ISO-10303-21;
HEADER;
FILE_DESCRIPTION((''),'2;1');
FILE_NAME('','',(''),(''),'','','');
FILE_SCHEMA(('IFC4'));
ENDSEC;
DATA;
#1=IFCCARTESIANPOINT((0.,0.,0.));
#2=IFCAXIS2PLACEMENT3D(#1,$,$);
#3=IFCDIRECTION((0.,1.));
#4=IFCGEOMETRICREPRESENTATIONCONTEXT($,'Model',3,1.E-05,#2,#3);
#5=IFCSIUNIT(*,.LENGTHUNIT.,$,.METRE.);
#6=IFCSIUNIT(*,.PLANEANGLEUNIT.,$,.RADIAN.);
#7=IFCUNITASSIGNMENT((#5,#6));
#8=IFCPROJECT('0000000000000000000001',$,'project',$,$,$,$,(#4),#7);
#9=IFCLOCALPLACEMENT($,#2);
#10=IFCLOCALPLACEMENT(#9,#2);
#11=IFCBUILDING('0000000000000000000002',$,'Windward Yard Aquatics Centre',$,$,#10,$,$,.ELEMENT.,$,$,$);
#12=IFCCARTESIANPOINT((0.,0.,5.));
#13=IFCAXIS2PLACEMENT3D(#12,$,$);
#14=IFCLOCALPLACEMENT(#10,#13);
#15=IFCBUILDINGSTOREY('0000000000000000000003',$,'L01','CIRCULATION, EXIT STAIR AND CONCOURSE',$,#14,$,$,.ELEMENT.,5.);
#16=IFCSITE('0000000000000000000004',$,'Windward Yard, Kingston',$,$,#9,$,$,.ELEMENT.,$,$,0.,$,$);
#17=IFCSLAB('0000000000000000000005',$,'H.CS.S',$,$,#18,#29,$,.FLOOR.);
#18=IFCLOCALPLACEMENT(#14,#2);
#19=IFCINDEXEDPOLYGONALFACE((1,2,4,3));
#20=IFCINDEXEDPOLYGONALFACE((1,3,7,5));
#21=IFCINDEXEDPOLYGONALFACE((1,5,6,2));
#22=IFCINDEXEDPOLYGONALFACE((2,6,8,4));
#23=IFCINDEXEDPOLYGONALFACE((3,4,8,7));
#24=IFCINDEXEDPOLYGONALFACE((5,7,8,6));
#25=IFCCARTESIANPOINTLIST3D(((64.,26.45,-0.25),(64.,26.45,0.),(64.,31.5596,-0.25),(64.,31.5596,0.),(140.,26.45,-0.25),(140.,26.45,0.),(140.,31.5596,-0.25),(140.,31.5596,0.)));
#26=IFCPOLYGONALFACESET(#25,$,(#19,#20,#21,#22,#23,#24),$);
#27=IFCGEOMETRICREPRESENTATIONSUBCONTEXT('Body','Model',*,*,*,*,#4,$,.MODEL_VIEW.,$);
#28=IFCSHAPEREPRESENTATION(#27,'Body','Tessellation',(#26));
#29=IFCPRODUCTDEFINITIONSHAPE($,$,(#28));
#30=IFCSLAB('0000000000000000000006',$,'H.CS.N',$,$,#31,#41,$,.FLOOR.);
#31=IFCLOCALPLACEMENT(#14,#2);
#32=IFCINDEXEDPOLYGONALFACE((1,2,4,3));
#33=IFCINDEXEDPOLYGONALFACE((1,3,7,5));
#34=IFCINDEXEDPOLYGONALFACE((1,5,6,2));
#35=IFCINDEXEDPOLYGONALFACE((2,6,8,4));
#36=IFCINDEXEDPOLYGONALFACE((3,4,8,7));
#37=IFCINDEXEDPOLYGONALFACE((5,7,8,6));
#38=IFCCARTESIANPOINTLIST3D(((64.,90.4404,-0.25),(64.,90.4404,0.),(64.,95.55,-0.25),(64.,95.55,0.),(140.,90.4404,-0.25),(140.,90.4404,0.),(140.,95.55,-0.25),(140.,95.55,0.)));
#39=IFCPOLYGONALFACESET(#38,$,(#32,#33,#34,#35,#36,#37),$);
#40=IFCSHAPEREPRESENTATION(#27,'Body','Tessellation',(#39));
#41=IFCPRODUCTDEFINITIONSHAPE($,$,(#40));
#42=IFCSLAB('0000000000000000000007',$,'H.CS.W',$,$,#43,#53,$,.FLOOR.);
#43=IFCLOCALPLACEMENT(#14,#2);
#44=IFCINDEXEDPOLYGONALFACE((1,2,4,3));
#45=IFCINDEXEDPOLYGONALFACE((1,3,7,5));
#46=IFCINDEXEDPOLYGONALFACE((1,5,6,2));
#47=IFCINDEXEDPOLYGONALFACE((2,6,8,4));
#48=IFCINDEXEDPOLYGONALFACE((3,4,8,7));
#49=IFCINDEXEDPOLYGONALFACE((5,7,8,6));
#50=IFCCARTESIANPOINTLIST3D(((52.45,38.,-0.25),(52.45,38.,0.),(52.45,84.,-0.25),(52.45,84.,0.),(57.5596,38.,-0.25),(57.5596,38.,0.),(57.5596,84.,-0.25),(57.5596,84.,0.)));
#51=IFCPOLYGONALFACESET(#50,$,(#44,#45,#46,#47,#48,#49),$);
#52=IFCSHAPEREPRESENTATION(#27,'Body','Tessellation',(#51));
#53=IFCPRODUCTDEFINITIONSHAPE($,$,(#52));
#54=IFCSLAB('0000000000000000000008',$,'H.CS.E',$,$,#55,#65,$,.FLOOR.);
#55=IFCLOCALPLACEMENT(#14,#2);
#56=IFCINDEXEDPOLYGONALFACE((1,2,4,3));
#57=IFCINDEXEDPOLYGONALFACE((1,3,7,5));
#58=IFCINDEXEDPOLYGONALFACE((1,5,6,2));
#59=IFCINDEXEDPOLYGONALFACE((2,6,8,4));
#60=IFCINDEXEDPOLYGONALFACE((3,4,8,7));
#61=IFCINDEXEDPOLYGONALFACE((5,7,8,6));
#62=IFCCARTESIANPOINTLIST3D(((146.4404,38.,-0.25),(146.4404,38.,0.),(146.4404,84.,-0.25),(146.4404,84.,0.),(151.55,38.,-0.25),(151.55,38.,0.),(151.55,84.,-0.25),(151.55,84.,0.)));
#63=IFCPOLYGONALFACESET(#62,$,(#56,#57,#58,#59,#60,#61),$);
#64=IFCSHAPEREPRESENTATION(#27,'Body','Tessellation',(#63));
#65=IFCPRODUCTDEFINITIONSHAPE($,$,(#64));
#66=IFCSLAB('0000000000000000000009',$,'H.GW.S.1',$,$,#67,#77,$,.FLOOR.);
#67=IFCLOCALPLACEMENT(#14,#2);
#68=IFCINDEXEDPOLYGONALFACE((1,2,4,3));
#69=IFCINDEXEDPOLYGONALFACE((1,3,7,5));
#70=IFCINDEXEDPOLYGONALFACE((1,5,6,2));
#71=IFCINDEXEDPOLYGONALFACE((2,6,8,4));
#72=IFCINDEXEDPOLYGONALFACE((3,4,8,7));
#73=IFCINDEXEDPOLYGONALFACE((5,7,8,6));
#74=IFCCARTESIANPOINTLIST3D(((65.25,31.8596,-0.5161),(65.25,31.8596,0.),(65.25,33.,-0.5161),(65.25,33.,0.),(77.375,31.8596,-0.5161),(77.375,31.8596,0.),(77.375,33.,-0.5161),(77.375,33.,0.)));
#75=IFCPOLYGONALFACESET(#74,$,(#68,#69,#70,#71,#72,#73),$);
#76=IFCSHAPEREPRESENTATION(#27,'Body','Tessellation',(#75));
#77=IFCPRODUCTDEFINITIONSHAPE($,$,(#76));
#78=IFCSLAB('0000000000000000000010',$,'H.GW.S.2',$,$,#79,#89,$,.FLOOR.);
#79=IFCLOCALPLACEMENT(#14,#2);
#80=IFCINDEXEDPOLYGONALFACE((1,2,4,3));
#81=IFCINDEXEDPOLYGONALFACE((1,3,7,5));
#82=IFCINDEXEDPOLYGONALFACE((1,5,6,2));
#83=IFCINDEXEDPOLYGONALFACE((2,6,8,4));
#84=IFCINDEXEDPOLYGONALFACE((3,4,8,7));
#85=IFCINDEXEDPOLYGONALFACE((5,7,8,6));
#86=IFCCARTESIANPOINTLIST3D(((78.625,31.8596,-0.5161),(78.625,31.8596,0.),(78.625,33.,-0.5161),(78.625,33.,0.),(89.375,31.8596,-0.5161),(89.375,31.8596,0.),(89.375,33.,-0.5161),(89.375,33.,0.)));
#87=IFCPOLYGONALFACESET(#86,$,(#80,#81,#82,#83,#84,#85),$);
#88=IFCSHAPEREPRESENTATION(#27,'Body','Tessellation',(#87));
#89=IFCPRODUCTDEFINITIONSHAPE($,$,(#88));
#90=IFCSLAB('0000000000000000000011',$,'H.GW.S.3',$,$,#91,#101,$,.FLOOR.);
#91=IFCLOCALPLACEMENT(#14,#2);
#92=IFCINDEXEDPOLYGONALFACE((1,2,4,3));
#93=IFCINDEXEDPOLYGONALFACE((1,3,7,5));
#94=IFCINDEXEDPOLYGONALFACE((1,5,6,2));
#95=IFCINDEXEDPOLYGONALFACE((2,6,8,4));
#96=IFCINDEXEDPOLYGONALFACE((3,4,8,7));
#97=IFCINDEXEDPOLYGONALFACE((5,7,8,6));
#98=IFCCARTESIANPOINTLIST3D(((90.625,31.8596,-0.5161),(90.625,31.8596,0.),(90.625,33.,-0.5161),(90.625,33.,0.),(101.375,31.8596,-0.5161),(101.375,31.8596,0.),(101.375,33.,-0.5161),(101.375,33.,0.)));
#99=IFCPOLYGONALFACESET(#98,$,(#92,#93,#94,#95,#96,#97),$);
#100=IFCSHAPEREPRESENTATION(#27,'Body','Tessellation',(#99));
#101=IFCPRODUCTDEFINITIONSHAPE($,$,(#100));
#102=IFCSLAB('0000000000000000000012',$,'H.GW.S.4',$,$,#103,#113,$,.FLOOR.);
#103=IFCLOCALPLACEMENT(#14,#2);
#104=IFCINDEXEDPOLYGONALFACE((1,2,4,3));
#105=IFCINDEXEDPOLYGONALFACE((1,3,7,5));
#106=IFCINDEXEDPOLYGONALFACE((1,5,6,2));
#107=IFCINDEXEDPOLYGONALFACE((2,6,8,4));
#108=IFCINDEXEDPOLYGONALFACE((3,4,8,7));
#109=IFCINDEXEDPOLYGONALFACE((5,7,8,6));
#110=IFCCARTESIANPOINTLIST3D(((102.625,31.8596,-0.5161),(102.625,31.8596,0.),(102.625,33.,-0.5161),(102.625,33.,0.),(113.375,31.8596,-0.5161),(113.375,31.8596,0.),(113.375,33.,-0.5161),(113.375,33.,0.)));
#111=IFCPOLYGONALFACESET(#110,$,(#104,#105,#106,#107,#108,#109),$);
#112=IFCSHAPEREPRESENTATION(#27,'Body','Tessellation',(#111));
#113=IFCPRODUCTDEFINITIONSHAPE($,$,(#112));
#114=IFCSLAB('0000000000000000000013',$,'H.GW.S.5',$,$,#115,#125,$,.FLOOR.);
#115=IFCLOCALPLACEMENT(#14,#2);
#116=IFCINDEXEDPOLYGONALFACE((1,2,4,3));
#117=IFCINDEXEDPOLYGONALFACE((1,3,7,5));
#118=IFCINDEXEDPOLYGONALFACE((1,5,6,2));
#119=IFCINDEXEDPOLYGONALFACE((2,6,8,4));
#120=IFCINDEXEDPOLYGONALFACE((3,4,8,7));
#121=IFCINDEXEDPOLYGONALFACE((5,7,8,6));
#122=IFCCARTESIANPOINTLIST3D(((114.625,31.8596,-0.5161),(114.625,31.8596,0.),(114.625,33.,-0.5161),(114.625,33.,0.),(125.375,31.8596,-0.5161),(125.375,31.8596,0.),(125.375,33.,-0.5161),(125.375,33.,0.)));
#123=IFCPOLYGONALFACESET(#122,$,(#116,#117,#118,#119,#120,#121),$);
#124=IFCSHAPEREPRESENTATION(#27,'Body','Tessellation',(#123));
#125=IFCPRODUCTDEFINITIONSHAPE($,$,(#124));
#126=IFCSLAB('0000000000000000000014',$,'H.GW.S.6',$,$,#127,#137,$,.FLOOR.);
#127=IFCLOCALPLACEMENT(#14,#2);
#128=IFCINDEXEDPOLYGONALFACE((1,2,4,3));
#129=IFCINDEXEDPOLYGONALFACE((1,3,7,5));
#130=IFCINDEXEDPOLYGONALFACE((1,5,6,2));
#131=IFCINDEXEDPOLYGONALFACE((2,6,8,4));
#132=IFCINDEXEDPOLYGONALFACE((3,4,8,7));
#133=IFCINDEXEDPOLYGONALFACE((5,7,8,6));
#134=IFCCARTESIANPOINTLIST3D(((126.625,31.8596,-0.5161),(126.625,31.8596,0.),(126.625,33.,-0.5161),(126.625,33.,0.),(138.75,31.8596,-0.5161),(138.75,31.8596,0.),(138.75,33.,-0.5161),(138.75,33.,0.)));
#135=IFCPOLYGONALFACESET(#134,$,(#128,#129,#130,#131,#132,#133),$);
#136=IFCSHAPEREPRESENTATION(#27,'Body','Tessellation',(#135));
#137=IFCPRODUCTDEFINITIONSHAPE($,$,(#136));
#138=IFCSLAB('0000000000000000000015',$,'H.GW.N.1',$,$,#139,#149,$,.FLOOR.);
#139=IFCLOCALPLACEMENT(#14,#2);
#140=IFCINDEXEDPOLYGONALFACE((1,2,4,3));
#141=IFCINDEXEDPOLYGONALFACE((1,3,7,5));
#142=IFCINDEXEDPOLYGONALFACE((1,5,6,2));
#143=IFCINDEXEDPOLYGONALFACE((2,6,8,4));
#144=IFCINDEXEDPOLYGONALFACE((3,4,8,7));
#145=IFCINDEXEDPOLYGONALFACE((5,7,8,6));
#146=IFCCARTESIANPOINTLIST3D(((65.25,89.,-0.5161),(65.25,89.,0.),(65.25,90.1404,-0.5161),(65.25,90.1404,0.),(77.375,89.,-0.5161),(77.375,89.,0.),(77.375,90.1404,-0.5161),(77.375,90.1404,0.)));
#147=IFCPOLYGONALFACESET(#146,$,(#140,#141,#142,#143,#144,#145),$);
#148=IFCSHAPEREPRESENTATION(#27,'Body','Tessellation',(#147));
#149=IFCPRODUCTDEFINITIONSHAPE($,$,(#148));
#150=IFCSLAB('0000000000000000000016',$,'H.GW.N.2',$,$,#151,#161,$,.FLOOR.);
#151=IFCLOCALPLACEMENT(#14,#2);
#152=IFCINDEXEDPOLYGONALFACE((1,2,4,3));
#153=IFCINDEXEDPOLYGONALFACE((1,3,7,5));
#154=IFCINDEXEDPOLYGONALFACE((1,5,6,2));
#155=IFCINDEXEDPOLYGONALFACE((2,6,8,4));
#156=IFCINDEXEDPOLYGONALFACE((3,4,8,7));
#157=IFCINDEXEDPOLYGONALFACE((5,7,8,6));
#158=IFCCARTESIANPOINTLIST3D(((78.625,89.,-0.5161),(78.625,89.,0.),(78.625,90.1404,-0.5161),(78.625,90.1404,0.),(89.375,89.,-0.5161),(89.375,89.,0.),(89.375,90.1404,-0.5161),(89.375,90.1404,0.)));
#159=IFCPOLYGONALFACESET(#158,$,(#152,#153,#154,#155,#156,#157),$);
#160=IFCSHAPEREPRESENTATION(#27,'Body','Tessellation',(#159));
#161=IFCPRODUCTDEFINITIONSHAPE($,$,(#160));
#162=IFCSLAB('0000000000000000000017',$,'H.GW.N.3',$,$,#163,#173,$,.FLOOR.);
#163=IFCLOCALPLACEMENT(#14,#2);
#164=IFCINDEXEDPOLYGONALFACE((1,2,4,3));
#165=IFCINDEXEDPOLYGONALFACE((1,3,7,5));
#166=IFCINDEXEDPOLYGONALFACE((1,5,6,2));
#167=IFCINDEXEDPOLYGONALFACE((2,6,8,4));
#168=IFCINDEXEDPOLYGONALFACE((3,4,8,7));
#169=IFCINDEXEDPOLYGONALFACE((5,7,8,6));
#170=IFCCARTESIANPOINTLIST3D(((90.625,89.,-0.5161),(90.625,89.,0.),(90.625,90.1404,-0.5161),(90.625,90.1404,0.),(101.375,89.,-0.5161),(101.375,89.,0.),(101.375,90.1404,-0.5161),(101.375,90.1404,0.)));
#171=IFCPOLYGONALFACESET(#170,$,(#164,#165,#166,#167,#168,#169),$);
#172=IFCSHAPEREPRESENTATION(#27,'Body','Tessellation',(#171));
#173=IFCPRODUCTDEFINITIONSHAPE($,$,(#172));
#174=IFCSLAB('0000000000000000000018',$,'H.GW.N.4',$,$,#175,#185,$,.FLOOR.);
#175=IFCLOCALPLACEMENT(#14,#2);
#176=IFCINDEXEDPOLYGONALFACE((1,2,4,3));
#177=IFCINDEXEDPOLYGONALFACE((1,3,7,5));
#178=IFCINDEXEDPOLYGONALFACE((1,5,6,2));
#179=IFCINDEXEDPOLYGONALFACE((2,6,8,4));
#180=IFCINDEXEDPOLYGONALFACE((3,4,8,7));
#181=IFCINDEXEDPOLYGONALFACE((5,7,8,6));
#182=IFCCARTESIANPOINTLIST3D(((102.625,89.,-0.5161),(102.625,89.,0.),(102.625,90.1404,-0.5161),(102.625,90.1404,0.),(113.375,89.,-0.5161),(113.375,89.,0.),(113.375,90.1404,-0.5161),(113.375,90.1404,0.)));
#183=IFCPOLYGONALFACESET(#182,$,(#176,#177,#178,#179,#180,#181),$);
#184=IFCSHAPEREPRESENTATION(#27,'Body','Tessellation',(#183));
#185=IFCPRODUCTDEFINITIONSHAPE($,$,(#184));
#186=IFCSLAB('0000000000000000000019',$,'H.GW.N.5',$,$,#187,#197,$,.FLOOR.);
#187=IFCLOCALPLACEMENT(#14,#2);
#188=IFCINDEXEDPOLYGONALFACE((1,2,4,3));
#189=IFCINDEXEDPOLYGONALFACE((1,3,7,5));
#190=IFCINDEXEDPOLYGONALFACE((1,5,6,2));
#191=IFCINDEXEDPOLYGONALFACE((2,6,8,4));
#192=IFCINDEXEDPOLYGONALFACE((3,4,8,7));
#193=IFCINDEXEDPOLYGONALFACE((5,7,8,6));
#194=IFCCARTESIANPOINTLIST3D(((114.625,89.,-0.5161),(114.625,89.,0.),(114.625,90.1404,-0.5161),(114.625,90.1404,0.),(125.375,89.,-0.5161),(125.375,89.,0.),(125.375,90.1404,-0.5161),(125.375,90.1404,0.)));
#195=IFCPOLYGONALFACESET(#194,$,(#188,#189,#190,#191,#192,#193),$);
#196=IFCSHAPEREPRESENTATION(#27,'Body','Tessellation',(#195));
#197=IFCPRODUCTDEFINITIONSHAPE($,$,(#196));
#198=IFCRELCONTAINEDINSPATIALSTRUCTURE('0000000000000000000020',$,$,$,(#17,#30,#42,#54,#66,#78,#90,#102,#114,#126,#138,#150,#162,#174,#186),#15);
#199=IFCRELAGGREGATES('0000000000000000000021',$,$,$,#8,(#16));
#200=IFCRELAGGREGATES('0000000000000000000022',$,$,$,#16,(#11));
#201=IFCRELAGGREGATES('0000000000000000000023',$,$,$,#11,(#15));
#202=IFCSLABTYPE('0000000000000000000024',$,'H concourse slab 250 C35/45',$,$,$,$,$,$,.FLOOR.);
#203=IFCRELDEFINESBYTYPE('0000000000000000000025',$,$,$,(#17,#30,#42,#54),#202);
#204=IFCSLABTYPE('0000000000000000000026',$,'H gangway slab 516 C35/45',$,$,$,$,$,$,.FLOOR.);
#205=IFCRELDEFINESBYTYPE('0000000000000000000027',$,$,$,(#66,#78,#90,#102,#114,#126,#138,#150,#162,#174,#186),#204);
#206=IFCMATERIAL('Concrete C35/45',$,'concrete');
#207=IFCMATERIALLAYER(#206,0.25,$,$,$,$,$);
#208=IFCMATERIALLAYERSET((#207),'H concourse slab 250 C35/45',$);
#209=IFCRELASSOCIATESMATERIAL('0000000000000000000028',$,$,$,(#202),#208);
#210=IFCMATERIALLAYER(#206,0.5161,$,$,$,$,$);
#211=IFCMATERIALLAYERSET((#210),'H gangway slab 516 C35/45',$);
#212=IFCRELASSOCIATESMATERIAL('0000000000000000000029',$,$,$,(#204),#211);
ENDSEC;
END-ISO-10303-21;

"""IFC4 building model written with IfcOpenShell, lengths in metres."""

from ifc_helpers import new_model, si_unit, direction, frame, origin, place, context, subcontext, project, spatial, polyline, outline, extrude, material, layer, layer_set, type_object, element, save


model = new_model("IFC4")

# Units and contexts
model_context = context("Model", 3, precision=1e-05, world=origin(), true_north=direction((0.0, 1.0)))
body_context = subcontext(model_context, "Body", "Model", "MODEL_VIEW")
ifc_project = project(units=[si_unit("LENGTHUNIT", "METRE"), si_unit("PLANEANGLEUNIT", "RADIAN")], contexts=[model_context])

# Site, building, storey
site_placement = place(None, origin())
site = spatial("IfcSite", under=ifc_project, at=site_placement, Name="Windward Yard, Kingston", CompositionType="ELEMENT", RefElevation=0.0)
building_placement = place(site_placement, origin())
building = spatial("IfcBuilding", under=site, at=building_placement, Name="Windward Yard Aquatics Centre", CompositionType="ELEMENT")
storey_placement = place(building_placement, frame((0.0, 0.0, 5.0)))
storey = spatial("IfcBuildingStorey", under=building, at=storey_placement, Name="L01", Description="CIRCULATION, EXIT STAIR AND CONCOURSE", CompositionType="ELEMENT", Elevation=5.0)

# Slabs
ifc_material_1 = material(Name="Concrete C35/45", Category="concrete")
ifc_layer_1 = layer(ifc_material_1, 0.25)
ifc_layer_set_1 = layer_set([ifc_layer_1], Name="H concourse slab 250 C35/45")
slab_type_1 = type_object("IfcSlabType", Name="H concourse slab 250 C35/45", PredefinedType="FLOOR", material=ifc_layer_set_1)
slab_1_placement = place(storey_placement, frame((0.0, 0.0, -0.25)))
element("IfcSlab", 1, at=slab_1_placement, inside=storey, type_object=slab_type_1, Name="H.CS.S", PredefinedType="FLOOR", context=body_context, shape_type="SweptSolid", body=[
    extrude(outline(polyline([(64.0, 26.45), (140.0, 26.45), (140.0, 31.5596), (64.0, 31.5596), (64.0, 26.45)])), origin(), (0.0, 0.0, 1.0), 0.25),
])
slab_2_placement = place(storey_placement, frame((0.0, 0.0, -0.25)))
element("IfcSlab", 2, at=slab_2_placement, inside=storey, type_object=slab_type_1, Name="H.CS.N", PredefinedType="FLOOR", context=body_context, shape_type="SweptSolid", body=[
    extrude(outline(polyline([(64.0, 90.4404), (140.0, 90.4404), (140.0, 95.55), (64.0, 95.55), (64.0, 90.4404)])), origin(), (0.0, 0.0, 1.0), 0.25),
])
slab_3_placement = place(storey_placement, frame((0.0, 0.0, -0.25)))
element("IfcSlab", 3, at=slab_3_placement, inside=storey, type_object=slab_type_1, Name="H.CS.W", PredefinedType="FLOOR", context=body_context, shape_type="SweptSolid", body=[
    extrude(outline(polyline([(52.45, 38.0), (57.5596, 38.0), (57.5596, 84.0), (52.45, 84.0), (52.45, 38.0)])), origin(), (0.0, 0.0, 1.0), 0.25),
])
slab_4_placement = place(storey_placement, frame((0.0, 0.0, -0.25)))
element("IfcSlab", 4, at=slab_4_placement, inside=storey, type_object=slab_type_1, Name="H.CS.E", PredefinedType="FLOOR", context=body_context, shape_type="SweptSolid", body=[
    extrude(outline(polyline([(146.4404, 38.0), (151.55, 38.0), (151.55, 84.0), (146.4404, 84.0), (146.4404, 38.0)])), origin(), (0.0, 0.0, 1.0), 0.25),
])
ifc_layer_2 = layer(ifc_material_1, 0.5161)
ifc_layer_set_2 = layer_set([ifc_layer_2], Name="H gangway slab 516 C35/45")
slab_type_2 = type_object("IfcSlabType", Name="H gangway slab 516 C35/45", PredefinedType="FLOOR", material=ifc_layer_set_2)
slab_5_placement = place(storey_placement, frame((0.0, 0.0, -0.5161)))
element("IfcSlab", 5, at=slab_5_placement, inside=storey, type_object=slab_type_2, Name="H.GW.S.1", PredefinedType="FLOOR", context=body_context, shape_type="SweptSolid", body=[
    extrude(outline(polyline([(65.25, 31.8596), (77.375, 31.8596), (77.375, 33.0), (65.25, 33.0), (65.25, 31.8596)])), origin(), (0.0, 0.0, 1.0), 0.5161),
])
slab_6_placement = place(storey_placement, frame((0.0, 0.0, -0.5161)))
element("IfcSlab", 6, at=slab_6_placement, inside=storey, type_object=slab_type_2, Name="H.GW.S.2", PredefinedType="FLOOR", context=body_context, shape_type="SweptSolid", body=[
    extrude(outline(polyline([(78.625, 31.8596), (89.375, 31.8596), (89.375, 33.0), (78.625, 33.0), (78.625, 31.8596)])), origin(), (0.0, 0.0, 1.0), 0.5161),
])
slab_7_placement = place(storey_placement, frame((0.0, 0.0, -0.5161)))
element("IfcSlab", 7, at=slab_7_placement, inside=storey, type_object=slab_type_2, Name="H.GW.S.3", PredefinedType="FLOOR", context=body_context, shape_type="SweptSolid", body=[
    extrude(outline(polyline([(90.625, 31.8596), (101.375, 31.8596), (101.375, 33.0), (90.625, 33.0), (90.625, 31.8596)])), origin(), (0.0, 0.0, 1.0), 0.5161),
])
slab_8_placement = place(storey_placement, frame((0.0, 0.0, -0.5161)))
element("IfcSlab", 8, at=slab_8_placement, inside=storey, type_object=slab_type_2, Name="H.GW.S.4", PredefinedType="FLOOR", context=body_context, shape_type="SweptSolid", body=[
    extrude(outline(polyline([(102.625, 31.8596), (113.375, 31.8596), (113.375, 33.0), (102.625, 33.0), (102.625, 31.8596)])), origin(), (0.0, 0.0, 1.0), 0.5161),
])
slab_9_placement = place(storey_placement, frame((0.0, 0.0, -0.5161)))
element("IfcSlab", 9, at=slab_9_placement, inside=storey, type_object=slab_type_2, Name="H.GW.S.5", PredefinedType="FLOOR", context=body_context, shape_type="SweptSolid", body=[
    extrude(outline(polyline([(114.625, 31.8596), (125.375, 31.8596), (125.375, 33.0), (114.625, 33.0), (114.625, 31.8596)])), origin(), (0.0, 0.0, 1.0), 0.5161),
])
slab_10_placement = place(storey_placement, frame((0.0, 0.0, -0.5161)))
element("IfcSlab", 10, at=slab_10_placement, inside=storey, type_object=slab_type_2, Name="H.GW.S.6", PredefinedType="FLOOR", context=body_context, shape_type="SweptSolid", body=[
    extrude(outline(polyline([(126.625, 31.8596), (138.75, 31.8596), (138.75, 33.0), (126.625, 33.0), (126.625, 31.8596)])), origin(), (0.0, 0.0, 1.0), 0.5161),
])
slab_11_placement = place(storey_placement, frame((0.0, 0.0, -0.5161)))
element("IfcSlab", 11, at=slab_11_placement, inside=storey, type_object=slab_type_2, Name="H.GW.N.1", PredefinedType="FLOOR", context=body_context, shape_type="SweptSolid", body=[
    extrude(outline(polyline([(65.25, 89.0), (77.375, 89.0), (77.375, 90.1404), (65.25, 90.1404), (65.25, 89.0)])), origin(), (0.0, 0.0, 1.0), 0.5161),
])
slab_12_placement = place(storey_placement, frame((0.0, 0.0, -0.5161)))
element("IfcSlab", 12, at=slab_12_placement, inside=storey, type_object=slab_type_2, Name="H.GW.N.2", PredefinedType="FLOOR", context=body_context, shape_type="SweptSolid", body=[
    extrude(outline(polyline([(78.625, 89.0), (89.375, 89.0), (89.375, 90.1404), (78.625, 90.1404), (78.625, 89.0)])), origin(), (0.0, 0.0, 1.0), 0.5161),
])
slab_13_placement = place(storey_placement, frame((0.0, 0.0, -0.5161)))
element("IfcSlab", 13, at=slab_13_placement, inside=storey, type_object=slab_type_2, Name="H.GW.N.3", PredefinedType="FLOOR", context=body_context, shape_type="SweptSolid", body=[
    extrude(outline(polyline([(90.625, 89.0), (101.375, 89.0), (101.375, 90.1404), (90.625, 90.1404), (90.625, 89.0)])), origin(), (0.0, 0.0, 1.0), 0.5161),
])
slab_14_placement = place(storey_placement, frame((0.0, 0.0, -0.5161)))
element("IfcSlab", 14, at=slab_14_placement, inside=storey, type_object=slab_type_2, Name="H.GW.N.4", PredefinedType="FLOOR", context=body_context, shape_type="SweptSolid", body=[
    extrude(outline(polyline([(102.625, 89.0), (113.375, 89.0), (113.375, 90.1404), (102.625, 90.1404), (102.625, 89.0)])), origin(), (0.0, 0.0, 1.0), 0.5161),
])
slab_15_placement = place(storey_placement, frame((0.0, 0.0, -0.5161)))
element("IfcSlab", 15, at=slab_15_placement, inside=storey, type_object=slab_type_2, Name="H.GW.N.5", PredefinedType="FLOOR", context=body_context, shape_type="SweptSolid", body=[
    extrude(outline(polyline([(114.625, 89.0), (125.375, 89.0), (125.375, 90.1404), (114.625, 90.1404), (114.625, 89.0)])), origin(), (0.0, 0.0, 1.0), 0.5161),
])

save(model, "model.ifc")
